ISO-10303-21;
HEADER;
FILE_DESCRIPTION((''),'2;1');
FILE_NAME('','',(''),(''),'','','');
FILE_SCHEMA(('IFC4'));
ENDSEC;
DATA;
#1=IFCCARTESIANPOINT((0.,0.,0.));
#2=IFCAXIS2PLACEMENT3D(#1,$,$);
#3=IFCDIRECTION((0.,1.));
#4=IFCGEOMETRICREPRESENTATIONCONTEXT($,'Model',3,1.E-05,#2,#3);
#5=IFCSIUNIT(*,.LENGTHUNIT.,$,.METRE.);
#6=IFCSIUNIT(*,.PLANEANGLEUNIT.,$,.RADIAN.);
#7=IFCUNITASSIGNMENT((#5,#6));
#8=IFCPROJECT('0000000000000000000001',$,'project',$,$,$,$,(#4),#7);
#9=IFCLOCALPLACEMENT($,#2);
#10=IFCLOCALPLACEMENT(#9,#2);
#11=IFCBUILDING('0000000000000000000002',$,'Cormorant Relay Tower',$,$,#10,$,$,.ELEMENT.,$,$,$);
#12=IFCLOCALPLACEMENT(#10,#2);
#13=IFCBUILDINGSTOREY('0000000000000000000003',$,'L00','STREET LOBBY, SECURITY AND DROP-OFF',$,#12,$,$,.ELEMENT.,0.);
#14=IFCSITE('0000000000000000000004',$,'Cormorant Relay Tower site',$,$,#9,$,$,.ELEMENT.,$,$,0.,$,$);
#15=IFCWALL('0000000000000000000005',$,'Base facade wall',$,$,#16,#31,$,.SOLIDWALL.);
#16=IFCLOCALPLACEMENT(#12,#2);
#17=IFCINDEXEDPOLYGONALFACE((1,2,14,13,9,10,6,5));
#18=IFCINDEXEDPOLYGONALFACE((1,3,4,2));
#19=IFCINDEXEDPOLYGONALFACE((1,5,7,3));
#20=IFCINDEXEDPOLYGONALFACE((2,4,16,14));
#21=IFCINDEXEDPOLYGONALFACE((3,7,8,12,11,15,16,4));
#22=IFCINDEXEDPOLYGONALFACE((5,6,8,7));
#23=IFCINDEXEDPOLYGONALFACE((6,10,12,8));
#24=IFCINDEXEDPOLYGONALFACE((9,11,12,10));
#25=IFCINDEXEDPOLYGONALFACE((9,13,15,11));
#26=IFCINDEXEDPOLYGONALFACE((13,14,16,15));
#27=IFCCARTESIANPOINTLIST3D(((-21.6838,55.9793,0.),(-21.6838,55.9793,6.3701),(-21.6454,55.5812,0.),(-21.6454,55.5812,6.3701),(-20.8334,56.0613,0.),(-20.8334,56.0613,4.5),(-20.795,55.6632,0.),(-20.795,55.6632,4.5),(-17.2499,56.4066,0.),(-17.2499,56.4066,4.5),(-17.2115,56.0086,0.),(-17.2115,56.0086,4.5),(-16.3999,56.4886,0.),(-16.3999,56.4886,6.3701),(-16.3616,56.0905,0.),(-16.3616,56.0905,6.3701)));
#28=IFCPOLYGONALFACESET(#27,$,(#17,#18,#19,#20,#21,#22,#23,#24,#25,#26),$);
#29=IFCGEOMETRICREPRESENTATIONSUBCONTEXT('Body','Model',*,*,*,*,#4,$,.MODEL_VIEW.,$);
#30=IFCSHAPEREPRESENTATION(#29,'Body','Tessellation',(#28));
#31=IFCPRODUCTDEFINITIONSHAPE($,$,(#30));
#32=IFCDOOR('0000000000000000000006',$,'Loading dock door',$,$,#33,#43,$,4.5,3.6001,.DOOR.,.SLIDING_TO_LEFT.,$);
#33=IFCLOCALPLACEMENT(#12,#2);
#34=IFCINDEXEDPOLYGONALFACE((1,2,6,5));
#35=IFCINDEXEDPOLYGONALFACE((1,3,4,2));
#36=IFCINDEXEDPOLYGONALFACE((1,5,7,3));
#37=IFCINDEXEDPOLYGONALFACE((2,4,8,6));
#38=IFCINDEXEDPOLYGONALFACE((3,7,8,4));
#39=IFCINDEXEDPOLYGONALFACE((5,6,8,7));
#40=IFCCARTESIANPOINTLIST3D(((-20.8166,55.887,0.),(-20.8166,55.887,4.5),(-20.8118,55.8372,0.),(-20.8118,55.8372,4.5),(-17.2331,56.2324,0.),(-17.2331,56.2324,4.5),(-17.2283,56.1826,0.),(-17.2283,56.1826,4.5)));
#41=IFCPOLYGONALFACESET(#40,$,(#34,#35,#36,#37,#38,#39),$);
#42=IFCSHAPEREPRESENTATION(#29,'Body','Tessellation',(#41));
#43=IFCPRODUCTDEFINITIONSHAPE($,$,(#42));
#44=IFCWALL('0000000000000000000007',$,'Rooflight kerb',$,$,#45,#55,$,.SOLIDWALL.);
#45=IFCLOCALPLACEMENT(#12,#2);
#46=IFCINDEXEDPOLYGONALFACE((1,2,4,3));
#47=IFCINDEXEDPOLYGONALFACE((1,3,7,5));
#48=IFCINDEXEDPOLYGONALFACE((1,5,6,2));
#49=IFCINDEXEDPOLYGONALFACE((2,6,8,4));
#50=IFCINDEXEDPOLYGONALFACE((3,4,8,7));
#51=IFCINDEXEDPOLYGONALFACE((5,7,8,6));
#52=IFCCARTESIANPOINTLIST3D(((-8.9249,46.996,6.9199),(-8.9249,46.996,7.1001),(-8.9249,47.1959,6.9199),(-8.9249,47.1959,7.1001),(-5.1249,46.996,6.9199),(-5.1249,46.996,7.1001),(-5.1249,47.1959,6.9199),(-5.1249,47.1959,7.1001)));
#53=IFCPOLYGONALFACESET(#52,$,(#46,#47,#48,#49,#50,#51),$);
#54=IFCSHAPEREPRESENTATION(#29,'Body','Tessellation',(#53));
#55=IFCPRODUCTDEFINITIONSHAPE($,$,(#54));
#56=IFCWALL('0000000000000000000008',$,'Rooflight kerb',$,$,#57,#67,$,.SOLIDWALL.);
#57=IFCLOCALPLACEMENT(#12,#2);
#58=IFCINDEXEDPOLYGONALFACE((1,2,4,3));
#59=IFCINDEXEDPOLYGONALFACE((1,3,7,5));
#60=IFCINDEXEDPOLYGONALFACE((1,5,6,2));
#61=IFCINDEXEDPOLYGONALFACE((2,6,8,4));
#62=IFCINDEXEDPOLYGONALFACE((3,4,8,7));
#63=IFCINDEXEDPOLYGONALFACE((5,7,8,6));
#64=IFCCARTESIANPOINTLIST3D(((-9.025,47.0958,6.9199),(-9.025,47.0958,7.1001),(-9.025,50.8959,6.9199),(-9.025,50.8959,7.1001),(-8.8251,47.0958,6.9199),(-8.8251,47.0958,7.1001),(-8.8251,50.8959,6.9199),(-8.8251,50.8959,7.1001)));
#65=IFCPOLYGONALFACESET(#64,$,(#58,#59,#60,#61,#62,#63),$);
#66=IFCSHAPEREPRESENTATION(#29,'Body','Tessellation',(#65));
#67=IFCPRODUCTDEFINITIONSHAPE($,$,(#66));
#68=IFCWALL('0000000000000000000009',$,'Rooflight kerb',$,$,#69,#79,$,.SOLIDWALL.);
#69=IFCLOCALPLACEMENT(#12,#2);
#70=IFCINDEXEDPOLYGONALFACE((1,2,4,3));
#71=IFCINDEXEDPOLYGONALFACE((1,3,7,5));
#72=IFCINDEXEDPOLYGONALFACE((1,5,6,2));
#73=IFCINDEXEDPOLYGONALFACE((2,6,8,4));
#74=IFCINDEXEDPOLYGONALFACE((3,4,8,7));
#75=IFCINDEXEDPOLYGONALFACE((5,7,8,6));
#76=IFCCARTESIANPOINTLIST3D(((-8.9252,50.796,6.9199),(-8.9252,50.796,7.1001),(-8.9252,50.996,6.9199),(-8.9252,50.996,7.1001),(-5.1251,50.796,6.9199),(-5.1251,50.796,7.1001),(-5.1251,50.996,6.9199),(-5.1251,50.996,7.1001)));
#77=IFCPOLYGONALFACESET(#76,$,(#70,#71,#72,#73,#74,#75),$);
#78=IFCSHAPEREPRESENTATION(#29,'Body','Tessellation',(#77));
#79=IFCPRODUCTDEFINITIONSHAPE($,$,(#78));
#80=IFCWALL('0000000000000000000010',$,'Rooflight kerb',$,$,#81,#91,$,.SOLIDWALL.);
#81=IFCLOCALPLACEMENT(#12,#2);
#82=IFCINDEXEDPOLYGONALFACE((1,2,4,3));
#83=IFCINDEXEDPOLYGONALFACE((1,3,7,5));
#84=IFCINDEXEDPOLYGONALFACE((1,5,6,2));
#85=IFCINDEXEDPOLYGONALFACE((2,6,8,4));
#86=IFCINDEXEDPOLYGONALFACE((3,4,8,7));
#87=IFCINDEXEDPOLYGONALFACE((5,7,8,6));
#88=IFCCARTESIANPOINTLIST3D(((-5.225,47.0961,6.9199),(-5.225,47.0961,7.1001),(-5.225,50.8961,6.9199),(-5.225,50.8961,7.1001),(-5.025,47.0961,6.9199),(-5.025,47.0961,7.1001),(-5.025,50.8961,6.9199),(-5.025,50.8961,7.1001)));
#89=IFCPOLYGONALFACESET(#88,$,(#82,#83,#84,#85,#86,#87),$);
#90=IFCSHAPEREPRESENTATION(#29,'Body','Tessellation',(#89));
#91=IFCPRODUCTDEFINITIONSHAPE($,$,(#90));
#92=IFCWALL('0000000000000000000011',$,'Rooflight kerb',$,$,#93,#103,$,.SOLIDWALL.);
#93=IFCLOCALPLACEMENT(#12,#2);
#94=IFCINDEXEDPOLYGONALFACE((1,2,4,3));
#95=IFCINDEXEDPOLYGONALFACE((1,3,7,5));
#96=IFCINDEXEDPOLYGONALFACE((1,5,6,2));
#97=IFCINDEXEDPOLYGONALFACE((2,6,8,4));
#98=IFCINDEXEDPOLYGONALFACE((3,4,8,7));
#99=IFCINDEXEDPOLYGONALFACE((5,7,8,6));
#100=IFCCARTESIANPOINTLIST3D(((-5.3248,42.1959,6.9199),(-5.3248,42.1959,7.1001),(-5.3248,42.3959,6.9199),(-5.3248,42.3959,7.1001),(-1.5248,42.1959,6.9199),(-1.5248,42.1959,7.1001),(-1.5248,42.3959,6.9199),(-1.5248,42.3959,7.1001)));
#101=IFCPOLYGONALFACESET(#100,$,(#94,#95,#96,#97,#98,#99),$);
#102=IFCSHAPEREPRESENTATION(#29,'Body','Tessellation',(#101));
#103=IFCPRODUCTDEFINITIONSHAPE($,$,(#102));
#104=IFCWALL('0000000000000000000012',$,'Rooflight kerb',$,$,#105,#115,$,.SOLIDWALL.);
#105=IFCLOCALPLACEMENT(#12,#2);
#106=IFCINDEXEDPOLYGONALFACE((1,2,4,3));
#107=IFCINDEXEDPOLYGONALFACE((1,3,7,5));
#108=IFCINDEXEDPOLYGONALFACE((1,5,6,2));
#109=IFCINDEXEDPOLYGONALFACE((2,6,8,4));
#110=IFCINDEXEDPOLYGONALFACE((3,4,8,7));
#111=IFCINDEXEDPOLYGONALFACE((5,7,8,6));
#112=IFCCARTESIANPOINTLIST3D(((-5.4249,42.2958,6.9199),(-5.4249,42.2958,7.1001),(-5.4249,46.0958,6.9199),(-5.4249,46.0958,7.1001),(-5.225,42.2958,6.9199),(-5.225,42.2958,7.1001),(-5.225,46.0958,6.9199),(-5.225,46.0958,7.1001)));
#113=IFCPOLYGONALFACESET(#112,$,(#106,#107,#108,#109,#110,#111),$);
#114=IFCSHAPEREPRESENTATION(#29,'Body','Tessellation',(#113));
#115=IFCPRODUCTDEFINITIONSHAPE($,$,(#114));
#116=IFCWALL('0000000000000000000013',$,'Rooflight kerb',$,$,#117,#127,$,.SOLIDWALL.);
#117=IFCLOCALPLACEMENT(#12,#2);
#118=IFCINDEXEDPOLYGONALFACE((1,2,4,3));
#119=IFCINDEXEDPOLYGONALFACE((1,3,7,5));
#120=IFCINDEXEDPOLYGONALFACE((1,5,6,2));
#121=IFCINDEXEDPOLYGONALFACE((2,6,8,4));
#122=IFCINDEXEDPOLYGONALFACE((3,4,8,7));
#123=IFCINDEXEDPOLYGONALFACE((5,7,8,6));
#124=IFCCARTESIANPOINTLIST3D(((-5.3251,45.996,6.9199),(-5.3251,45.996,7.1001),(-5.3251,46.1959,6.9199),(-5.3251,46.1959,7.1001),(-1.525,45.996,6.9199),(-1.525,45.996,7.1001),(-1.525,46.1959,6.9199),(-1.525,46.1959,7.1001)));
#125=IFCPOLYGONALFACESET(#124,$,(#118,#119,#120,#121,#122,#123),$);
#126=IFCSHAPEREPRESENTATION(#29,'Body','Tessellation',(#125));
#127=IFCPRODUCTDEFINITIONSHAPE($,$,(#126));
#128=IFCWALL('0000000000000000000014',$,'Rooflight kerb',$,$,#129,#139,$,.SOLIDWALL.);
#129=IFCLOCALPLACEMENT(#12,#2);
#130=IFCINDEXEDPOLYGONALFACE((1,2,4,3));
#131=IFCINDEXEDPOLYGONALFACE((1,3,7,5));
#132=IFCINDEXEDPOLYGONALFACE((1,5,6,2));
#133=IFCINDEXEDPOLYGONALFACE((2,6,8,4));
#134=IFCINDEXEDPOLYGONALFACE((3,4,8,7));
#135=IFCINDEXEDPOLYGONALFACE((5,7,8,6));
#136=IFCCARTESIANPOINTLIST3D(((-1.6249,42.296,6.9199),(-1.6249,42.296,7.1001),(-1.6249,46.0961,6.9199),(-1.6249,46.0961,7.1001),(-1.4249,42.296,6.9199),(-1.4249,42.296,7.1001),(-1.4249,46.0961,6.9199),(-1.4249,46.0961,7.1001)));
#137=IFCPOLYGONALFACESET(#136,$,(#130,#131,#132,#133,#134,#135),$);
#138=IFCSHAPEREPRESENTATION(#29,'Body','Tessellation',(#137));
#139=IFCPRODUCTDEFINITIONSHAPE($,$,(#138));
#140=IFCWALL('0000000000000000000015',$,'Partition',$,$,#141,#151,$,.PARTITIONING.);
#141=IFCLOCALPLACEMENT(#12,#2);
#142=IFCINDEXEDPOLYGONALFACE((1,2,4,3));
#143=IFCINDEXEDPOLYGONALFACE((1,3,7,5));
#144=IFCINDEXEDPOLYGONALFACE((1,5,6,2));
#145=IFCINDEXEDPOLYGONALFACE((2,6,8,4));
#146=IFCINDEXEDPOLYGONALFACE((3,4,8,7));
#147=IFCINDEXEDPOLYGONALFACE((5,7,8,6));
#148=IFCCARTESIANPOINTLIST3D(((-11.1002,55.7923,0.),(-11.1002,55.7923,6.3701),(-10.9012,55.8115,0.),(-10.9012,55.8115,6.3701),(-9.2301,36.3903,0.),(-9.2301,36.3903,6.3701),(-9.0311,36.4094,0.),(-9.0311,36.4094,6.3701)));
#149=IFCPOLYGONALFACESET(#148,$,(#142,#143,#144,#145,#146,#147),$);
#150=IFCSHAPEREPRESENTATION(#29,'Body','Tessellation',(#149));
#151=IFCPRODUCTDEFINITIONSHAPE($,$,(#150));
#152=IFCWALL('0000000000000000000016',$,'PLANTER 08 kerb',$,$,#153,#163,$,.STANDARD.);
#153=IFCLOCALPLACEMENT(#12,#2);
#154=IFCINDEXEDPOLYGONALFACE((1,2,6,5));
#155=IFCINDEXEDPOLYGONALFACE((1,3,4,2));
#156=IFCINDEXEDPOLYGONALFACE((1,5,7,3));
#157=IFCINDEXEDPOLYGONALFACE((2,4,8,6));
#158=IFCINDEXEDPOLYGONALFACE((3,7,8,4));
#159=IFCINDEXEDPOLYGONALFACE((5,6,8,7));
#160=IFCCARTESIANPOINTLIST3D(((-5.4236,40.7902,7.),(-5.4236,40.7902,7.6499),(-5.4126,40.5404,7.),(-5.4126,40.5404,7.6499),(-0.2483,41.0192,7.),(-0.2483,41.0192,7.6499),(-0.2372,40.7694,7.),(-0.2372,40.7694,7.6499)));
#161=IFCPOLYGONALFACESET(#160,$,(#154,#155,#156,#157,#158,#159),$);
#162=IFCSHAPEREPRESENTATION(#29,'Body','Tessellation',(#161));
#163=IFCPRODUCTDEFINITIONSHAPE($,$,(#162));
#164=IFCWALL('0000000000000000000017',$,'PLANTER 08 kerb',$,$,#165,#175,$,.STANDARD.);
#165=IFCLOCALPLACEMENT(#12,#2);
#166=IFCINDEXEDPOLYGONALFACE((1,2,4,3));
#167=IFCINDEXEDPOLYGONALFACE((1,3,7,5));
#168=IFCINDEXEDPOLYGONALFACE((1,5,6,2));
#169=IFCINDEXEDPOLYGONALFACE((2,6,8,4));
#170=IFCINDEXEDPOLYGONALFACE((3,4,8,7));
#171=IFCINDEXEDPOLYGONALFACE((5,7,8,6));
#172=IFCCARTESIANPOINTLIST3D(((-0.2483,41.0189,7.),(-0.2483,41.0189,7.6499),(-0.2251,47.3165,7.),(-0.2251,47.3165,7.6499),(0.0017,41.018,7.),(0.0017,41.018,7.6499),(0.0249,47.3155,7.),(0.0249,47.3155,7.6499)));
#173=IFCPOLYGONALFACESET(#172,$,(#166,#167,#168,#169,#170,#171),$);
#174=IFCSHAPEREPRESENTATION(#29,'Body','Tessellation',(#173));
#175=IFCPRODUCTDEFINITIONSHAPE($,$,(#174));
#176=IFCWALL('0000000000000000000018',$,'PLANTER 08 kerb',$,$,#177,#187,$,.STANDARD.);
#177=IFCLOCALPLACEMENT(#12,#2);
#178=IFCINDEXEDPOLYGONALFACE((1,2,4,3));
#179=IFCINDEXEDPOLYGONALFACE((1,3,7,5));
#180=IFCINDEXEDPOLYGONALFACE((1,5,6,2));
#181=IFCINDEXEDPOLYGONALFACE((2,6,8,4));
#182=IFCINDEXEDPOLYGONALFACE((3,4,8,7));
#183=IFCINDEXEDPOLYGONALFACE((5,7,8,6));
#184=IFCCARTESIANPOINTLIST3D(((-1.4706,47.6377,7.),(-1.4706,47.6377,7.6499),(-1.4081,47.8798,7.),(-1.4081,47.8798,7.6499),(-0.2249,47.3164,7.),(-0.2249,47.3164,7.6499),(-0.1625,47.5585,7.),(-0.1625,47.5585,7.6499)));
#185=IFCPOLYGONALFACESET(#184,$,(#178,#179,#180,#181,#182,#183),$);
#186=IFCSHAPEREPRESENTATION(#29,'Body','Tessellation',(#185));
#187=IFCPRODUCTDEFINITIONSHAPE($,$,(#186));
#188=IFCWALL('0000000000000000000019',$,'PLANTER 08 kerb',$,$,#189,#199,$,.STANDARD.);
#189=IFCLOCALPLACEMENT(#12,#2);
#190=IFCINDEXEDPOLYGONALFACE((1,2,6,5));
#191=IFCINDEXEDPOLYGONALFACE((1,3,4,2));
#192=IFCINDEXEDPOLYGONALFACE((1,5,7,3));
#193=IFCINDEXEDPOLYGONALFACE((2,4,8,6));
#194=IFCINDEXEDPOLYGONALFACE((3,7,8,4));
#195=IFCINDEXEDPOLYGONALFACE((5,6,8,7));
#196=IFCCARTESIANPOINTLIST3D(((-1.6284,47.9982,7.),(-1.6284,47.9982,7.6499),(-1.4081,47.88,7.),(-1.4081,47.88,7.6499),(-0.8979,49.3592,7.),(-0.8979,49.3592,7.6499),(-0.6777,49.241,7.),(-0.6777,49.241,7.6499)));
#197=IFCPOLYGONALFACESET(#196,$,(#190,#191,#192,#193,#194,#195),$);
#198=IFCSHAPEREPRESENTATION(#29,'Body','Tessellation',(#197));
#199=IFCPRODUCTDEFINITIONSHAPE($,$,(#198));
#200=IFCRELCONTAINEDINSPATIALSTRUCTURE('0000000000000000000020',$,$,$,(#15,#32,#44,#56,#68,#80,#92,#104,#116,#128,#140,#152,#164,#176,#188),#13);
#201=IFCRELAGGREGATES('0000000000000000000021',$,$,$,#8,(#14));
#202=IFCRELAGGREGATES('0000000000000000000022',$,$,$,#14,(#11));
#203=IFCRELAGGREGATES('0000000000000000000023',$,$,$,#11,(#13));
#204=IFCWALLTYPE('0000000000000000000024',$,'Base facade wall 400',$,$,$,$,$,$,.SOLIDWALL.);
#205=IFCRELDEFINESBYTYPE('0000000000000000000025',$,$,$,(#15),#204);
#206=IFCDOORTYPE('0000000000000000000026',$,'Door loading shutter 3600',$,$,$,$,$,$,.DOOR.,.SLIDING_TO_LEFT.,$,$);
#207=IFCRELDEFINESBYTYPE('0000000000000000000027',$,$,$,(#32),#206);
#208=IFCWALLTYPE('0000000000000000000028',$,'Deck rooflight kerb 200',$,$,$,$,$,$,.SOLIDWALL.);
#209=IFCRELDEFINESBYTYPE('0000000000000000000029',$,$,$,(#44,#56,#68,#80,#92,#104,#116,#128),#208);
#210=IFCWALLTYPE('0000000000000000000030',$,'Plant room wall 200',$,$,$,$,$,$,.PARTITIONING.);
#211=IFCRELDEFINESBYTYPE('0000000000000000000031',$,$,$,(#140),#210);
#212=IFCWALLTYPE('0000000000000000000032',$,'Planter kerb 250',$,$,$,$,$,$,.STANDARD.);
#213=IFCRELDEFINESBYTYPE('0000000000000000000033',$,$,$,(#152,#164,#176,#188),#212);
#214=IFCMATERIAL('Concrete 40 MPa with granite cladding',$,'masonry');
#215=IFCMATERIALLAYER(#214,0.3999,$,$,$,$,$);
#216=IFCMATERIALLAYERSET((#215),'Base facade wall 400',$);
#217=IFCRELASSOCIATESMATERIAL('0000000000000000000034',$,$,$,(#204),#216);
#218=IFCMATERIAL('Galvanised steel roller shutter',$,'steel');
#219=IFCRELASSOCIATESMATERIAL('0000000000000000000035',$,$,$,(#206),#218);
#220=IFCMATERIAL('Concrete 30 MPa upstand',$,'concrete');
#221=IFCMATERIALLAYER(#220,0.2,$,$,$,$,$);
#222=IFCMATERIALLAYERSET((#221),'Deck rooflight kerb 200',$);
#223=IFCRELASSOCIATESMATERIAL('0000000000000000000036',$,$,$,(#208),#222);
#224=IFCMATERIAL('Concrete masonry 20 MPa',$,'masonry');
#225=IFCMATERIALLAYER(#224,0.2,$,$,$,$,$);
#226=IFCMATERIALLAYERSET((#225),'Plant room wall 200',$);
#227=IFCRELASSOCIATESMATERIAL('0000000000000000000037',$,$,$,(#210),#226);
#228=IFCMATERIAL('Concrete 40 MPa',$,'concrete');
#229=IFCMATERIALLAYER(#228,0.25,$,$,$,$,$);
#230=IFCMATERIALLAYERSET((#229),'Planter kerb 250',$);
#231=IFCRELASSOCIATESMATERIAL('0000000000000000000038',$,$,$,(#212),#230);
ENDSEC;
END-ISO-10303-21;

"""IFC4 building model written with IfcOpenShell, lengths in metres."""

from ifc_helpers import new_model, si_unit, direction, frame, frame_2d, origin, place, context, subcontext, project, spatial, rectangle, extrude, material, layer, layer_set, type_object, element, fill, save


model = new_model("IFC4")

# Units and contexts
model_context = context("Model", 3, precision=1e-05, world=origin(), true_north=direction((0.0, 1.0)))
body_context = subcontext(model_context, "Body", "Model", "MODEL_VIEW")
ifc_project = project(units=[si_unit("LENGTHUNIT", "METRE"), si_unit("PLANEANGLEUNIT", "RADIAN")], contexts=[model_context])

# Site, building, storey
site_placement = place(None, origin())
site = spatial("IfcSite", under=ifc_project, at=site_placement, Name="Cormorant Relay Tower site", CompositionType="ELEMENT", RefElevation=0.0)
building_placement = place(site_placement, origin())
building = spatial("IfcBuilding", under=site, at=building_placement, Name="Cormorant Relay Tower", CompositionType="ELEMENT")
storey_placement = place(building_placement, origin())
storey = spatial("IfcBuildingStorey", under=building, at=storey_placement, Name="L00", Description="STREET LOBBY, SECURITY AND DROP-OFF", CompositionType="ELEMENT", Elevation=0.0)

# Wall, opening, door
ifc_material_1 = material(Name="Concrete 40 MPa with granite cladding", Category="masonry")
ifc_layer_1 = layer(ifc_material_1, 0.3999)
ifc_layer_set_1 = layer_set([ifc_layer_1], Name="Base facade wall 400")
wall_type_1 = type_object("IfcWallType", Name="Base facade wall 400", PredefinedType="SOLIDWALL", material=ifc_layer_set_1)
wall_1_placement = place(storey_placement, frame((-16.3806, 56.2896, 0.0), z_axis=(0.0, 0.0, 1.0), x_axis=(-0.995387, -0.095938, 0.0)))
wall_1 = element("IfcWall", 1, at=wall_1_placement, inside=storey, type_object=wall_type_1, Name="Base facade wall", PredefinedType="SOLIDWALL", context=body_context, shape_type="SweptSolid", body=[
    extrude(rectangle(XDim=5.3083, YDim=0.3999, at=frame_2d((2.6543, 0.0))), origin(), (0.0, 0.0, 1.0), 6.3701),
])
opening_1_placement = place(wall_1_placement, frame((0.854, 0.0, 0.0)))
opening_1 = element("IfcOpeningElement", 2, at=opening_1_placement, cuts=wall_1, PredefinedType="OPENING", context=body_context, shape_type="SweptSolid", body=[
    extrude(rectangle(XDim=3.6001, YDim=4.5, at=frame_2d((1.8, 2.25))), frame((0.0, 0.21, 0.0), z_axis=(0.0, -1.0, 0.0), x_axis=(1.0, 0.0, 0.0)), (0.0, 0.0, 1.0), 0.4199),
])
ifc_material_2 = material(Name="Galvanised steel roller shutter", Category="steel")
door_type_1 = type_object("IfcDoorType", Name="Door loading shutter 3600", OperationType="SLIDING_TO_LEFT", PredefinedType="DOOR", material=ifc_material_2)
door_1_placement = place(opening_1_placement, frame((3.6001, 0.0, 0.0), z_axis=(0.0, 0.0, 1.0), x_axis=(-1.0, 0.0, 0.0)))
door_1 = element("IfcDoor", 3, at=door_1_placement, inside=storey, type_object=door_type_1, Name="Loading dock door", OperationType="SLIDING_TO_LEFT", OverallHeight=4.5, OverallWidth=3.6001, PredefinedType="DOOR", context=body_context, shape_type="SweptSolid", body=[
    extrude(rectangle(XDim=3.6001, YDim=4.5, at=frame_2d((1.8, 2.25))), frame((0.0, 0.0249, 0.0), z_axis=(0.0, -1.0, 0.0), x_axis=(1.0, 0.0, 0.0)), (0.0, 0.0, 1.0), 0.05),
])
fill(opening_1, door_1)

# Walls
ifc_material_3 = material(Name="Concrete 30 MPa upstand", Category="concrete")
ifc_layer_2 = layer(ifc_material_3, 0.2)
ifc_layer_set_2 = layer_set([ifc_layer_2], Name="Deck rooflight kerb 200")
wall_type_2 = type_object("IfcWallType", Name="Deck rooflight kerb 200", PredefinedType="SOLIDWALL", material=ifc_layer_set_2)
for number, where, z_axis, x_axis, name in (
    (4, (-5.125, 47.0959, 6.9199), (0.0, 0.0, 1.0), (-1.0, 0.0, 0.0), "Rooflight kerb"),
    (5, (-8.925, 47.0959, 6.9199), (0.0, 0.0, 1.0), (0.0, 1.0, 0.0), "Rooflight kerb"),
    (6, (-8.925, 50.896, 6.9199), (0.0, 0.0, 1.0), (1.0, 0.0, 0.0), "Rooflight kerb"),
    (7, (-5.125, 50.896, 6.9199), (0.0, 0.0, 1.0), (0.0, -1.0, 0.0), "Rooflight kerb"),
    (8, (-1.5249, 42.2959, 6.9199), (0.0, 0.0, 1.0), (-1.0, 0.0, 0.0), "Rooflight kerb"),
    (9, (-5.325, 42.2959, 6.9199), (0.0, 0.0, 1.0), (0.0, 1.0, 0.0), "Rooflight kerb"),
    (10, (-5.325, 46.0959, 6.9199), (0.0, 0.0, 1.0), (1.0, 0.0, 0.0), "Rooflight kerb"),
    (11, (-1.5249, 46.0959, 6.9199), (0.0, 0.0, 1.0), (0.0, -1.0, 0.0), "Rooflight kerb"),
):
    element("IfcWall", number, at=place(storey_placement, frame(where, z_axis=z_axis, x_axis=x_axis)), inside=storey, type_object=wall_type_2, Name=name, PredefinedType="SOLIDWALL", context=body_context, shape_type="SweptSolid", body=[
        extrude(rectangle(XDim=3.8, YDim=0.2, at=frame_2d((1.8999, 0.0))), origin(), (0.0, 0.0, 1.0), 0.1802),
    ])
ifc_material_4 = material(Name="Concrete masonry 20 MPa", Category="masonry")
ifc_layer_3 = layer(ifc_material_4, 0.2)
ifc_layer_set_3 = layer_set([ifc_layer_3], Name="Plant room wall 200")
wall_type_3 = type_object("IfcWallType", Name="Plant room wall 200", PredefinedType="PARTITIONING", material=ifc_layer_set_3)
wall_2_placement = place(storey_placement, frame((-11.0007, 55.802, 0.0), z_axis=(0.0, 0.0, 1.0), x_axis=(0.095943, -0.995387, 0.0)))
element("IfcWall", 12, at=wall_2_placement, inside=storey, type_object=wall_type_3, Name="Partition", PredefinedType="PARTITIONING", context=body_context, shape_type="SweptSolid", body=[
    extrude(rectangle(XDim=19.4919, YDim=0.2, at=frame_2d((9.7461, 0.0))), origin(), (0.0, 0.0, 1.0), 6.3701),
])
ifc_material_5 = material(Name="Concrete 40 MPa", Category="concrete")
ifc_layer_4 = layer(ifc_material_5, 0.25)
ifc_layer_set_4 = layer_set([ifc_layer_4], Name="Planter kerb 250")
wall_type_4 = type_object("IfcWallType", Name="Planter kerb 250", PredefinedType="STANDARD", material=ifc_layer_set_4)
wall_3_placement = place(storey_placement, frame((-5.4182, 40.6653, 7.0), z_axis=(0.0, 0.0, 1.0), x_axis=(0.999022, 0.044206, 0.0)))
element("IfcWall", 13, at=wall_3_placement, inside=storey, type_object=wall_type_4, Name="PLANTER 08 kerb", PredefinedType="STANDARD", context=body_context, shape_type="SweptSolid", body=[
    extrude(rectangle(XDim=5.1804, YDim=0.25, at=frame_2d((2.5903, 0.0))), origin(), (0.0, 0.0, 1.0), 0.6499),
])
wall_4_placement = place(storey_placement, frame((-0.1233, 41.0183, 7.0), z_axis=(0.0, 0.0, 1.0), x_axis=(0.003683, 0.999993, 0.0)))
element("IfcWall", 14, at=wall_4_placement, inside=storey, type_object=wall_type_4, Name="PLANTER 08 kerb", PredefinedType="STANDARD", context=body_context, shape_type="SweptSolid", body=[
    extrude(rectangle(XDim=6.2976, YDim=0.25, at=frame_2d((3.1489, 0.0))), origin(), (0.0, 0.0, 1.0), 0.6499),
])
wall_5_placement = place(storey_placement, frame((-0.1938, 47.4375, 7.0), z_axis=(0.0, 0.0, 1.0), x_axis=(-0.968307, 0.249763, 0.0)))
element("IfcWall", 15, at=wall_5_placement, inside=storey, type_object=wall_type_4, Name="PLANTER 08 kerb", PredefinedType="STANDARD", context=body_context, shape_type="SweptSolid", body=[
    extrude(rectangle(XDim=1.2864, YDim=0.25, at=frame_2d((0.6431, 0.0))), origin(), (0.0, 0.0, 1.0), 0.6499),
])
wall_6_placement = place(storey_placement, frame((-1.5183, 47.939, 7.0), z_axis=(0.0, 0.0, 1.0), x_axis=(0.472884, 0.881125, 0.0)))
element("IfcWall", 16, at=wall_6_placement, inside=storey, type_object=wall_type_4, Name="PLANTER 08 kerb", PredefinedType="STANDARD", context=body_context, shape_type="SweptSolid", body=[
    extrude(rectangle(XDim=1.5447, YDim=0.25, at=frame_2d((0.7725, 0.0))), origin(), (0.0, 0.0, 1.0), 0.6499),
])

save(model, "model.ifc")
